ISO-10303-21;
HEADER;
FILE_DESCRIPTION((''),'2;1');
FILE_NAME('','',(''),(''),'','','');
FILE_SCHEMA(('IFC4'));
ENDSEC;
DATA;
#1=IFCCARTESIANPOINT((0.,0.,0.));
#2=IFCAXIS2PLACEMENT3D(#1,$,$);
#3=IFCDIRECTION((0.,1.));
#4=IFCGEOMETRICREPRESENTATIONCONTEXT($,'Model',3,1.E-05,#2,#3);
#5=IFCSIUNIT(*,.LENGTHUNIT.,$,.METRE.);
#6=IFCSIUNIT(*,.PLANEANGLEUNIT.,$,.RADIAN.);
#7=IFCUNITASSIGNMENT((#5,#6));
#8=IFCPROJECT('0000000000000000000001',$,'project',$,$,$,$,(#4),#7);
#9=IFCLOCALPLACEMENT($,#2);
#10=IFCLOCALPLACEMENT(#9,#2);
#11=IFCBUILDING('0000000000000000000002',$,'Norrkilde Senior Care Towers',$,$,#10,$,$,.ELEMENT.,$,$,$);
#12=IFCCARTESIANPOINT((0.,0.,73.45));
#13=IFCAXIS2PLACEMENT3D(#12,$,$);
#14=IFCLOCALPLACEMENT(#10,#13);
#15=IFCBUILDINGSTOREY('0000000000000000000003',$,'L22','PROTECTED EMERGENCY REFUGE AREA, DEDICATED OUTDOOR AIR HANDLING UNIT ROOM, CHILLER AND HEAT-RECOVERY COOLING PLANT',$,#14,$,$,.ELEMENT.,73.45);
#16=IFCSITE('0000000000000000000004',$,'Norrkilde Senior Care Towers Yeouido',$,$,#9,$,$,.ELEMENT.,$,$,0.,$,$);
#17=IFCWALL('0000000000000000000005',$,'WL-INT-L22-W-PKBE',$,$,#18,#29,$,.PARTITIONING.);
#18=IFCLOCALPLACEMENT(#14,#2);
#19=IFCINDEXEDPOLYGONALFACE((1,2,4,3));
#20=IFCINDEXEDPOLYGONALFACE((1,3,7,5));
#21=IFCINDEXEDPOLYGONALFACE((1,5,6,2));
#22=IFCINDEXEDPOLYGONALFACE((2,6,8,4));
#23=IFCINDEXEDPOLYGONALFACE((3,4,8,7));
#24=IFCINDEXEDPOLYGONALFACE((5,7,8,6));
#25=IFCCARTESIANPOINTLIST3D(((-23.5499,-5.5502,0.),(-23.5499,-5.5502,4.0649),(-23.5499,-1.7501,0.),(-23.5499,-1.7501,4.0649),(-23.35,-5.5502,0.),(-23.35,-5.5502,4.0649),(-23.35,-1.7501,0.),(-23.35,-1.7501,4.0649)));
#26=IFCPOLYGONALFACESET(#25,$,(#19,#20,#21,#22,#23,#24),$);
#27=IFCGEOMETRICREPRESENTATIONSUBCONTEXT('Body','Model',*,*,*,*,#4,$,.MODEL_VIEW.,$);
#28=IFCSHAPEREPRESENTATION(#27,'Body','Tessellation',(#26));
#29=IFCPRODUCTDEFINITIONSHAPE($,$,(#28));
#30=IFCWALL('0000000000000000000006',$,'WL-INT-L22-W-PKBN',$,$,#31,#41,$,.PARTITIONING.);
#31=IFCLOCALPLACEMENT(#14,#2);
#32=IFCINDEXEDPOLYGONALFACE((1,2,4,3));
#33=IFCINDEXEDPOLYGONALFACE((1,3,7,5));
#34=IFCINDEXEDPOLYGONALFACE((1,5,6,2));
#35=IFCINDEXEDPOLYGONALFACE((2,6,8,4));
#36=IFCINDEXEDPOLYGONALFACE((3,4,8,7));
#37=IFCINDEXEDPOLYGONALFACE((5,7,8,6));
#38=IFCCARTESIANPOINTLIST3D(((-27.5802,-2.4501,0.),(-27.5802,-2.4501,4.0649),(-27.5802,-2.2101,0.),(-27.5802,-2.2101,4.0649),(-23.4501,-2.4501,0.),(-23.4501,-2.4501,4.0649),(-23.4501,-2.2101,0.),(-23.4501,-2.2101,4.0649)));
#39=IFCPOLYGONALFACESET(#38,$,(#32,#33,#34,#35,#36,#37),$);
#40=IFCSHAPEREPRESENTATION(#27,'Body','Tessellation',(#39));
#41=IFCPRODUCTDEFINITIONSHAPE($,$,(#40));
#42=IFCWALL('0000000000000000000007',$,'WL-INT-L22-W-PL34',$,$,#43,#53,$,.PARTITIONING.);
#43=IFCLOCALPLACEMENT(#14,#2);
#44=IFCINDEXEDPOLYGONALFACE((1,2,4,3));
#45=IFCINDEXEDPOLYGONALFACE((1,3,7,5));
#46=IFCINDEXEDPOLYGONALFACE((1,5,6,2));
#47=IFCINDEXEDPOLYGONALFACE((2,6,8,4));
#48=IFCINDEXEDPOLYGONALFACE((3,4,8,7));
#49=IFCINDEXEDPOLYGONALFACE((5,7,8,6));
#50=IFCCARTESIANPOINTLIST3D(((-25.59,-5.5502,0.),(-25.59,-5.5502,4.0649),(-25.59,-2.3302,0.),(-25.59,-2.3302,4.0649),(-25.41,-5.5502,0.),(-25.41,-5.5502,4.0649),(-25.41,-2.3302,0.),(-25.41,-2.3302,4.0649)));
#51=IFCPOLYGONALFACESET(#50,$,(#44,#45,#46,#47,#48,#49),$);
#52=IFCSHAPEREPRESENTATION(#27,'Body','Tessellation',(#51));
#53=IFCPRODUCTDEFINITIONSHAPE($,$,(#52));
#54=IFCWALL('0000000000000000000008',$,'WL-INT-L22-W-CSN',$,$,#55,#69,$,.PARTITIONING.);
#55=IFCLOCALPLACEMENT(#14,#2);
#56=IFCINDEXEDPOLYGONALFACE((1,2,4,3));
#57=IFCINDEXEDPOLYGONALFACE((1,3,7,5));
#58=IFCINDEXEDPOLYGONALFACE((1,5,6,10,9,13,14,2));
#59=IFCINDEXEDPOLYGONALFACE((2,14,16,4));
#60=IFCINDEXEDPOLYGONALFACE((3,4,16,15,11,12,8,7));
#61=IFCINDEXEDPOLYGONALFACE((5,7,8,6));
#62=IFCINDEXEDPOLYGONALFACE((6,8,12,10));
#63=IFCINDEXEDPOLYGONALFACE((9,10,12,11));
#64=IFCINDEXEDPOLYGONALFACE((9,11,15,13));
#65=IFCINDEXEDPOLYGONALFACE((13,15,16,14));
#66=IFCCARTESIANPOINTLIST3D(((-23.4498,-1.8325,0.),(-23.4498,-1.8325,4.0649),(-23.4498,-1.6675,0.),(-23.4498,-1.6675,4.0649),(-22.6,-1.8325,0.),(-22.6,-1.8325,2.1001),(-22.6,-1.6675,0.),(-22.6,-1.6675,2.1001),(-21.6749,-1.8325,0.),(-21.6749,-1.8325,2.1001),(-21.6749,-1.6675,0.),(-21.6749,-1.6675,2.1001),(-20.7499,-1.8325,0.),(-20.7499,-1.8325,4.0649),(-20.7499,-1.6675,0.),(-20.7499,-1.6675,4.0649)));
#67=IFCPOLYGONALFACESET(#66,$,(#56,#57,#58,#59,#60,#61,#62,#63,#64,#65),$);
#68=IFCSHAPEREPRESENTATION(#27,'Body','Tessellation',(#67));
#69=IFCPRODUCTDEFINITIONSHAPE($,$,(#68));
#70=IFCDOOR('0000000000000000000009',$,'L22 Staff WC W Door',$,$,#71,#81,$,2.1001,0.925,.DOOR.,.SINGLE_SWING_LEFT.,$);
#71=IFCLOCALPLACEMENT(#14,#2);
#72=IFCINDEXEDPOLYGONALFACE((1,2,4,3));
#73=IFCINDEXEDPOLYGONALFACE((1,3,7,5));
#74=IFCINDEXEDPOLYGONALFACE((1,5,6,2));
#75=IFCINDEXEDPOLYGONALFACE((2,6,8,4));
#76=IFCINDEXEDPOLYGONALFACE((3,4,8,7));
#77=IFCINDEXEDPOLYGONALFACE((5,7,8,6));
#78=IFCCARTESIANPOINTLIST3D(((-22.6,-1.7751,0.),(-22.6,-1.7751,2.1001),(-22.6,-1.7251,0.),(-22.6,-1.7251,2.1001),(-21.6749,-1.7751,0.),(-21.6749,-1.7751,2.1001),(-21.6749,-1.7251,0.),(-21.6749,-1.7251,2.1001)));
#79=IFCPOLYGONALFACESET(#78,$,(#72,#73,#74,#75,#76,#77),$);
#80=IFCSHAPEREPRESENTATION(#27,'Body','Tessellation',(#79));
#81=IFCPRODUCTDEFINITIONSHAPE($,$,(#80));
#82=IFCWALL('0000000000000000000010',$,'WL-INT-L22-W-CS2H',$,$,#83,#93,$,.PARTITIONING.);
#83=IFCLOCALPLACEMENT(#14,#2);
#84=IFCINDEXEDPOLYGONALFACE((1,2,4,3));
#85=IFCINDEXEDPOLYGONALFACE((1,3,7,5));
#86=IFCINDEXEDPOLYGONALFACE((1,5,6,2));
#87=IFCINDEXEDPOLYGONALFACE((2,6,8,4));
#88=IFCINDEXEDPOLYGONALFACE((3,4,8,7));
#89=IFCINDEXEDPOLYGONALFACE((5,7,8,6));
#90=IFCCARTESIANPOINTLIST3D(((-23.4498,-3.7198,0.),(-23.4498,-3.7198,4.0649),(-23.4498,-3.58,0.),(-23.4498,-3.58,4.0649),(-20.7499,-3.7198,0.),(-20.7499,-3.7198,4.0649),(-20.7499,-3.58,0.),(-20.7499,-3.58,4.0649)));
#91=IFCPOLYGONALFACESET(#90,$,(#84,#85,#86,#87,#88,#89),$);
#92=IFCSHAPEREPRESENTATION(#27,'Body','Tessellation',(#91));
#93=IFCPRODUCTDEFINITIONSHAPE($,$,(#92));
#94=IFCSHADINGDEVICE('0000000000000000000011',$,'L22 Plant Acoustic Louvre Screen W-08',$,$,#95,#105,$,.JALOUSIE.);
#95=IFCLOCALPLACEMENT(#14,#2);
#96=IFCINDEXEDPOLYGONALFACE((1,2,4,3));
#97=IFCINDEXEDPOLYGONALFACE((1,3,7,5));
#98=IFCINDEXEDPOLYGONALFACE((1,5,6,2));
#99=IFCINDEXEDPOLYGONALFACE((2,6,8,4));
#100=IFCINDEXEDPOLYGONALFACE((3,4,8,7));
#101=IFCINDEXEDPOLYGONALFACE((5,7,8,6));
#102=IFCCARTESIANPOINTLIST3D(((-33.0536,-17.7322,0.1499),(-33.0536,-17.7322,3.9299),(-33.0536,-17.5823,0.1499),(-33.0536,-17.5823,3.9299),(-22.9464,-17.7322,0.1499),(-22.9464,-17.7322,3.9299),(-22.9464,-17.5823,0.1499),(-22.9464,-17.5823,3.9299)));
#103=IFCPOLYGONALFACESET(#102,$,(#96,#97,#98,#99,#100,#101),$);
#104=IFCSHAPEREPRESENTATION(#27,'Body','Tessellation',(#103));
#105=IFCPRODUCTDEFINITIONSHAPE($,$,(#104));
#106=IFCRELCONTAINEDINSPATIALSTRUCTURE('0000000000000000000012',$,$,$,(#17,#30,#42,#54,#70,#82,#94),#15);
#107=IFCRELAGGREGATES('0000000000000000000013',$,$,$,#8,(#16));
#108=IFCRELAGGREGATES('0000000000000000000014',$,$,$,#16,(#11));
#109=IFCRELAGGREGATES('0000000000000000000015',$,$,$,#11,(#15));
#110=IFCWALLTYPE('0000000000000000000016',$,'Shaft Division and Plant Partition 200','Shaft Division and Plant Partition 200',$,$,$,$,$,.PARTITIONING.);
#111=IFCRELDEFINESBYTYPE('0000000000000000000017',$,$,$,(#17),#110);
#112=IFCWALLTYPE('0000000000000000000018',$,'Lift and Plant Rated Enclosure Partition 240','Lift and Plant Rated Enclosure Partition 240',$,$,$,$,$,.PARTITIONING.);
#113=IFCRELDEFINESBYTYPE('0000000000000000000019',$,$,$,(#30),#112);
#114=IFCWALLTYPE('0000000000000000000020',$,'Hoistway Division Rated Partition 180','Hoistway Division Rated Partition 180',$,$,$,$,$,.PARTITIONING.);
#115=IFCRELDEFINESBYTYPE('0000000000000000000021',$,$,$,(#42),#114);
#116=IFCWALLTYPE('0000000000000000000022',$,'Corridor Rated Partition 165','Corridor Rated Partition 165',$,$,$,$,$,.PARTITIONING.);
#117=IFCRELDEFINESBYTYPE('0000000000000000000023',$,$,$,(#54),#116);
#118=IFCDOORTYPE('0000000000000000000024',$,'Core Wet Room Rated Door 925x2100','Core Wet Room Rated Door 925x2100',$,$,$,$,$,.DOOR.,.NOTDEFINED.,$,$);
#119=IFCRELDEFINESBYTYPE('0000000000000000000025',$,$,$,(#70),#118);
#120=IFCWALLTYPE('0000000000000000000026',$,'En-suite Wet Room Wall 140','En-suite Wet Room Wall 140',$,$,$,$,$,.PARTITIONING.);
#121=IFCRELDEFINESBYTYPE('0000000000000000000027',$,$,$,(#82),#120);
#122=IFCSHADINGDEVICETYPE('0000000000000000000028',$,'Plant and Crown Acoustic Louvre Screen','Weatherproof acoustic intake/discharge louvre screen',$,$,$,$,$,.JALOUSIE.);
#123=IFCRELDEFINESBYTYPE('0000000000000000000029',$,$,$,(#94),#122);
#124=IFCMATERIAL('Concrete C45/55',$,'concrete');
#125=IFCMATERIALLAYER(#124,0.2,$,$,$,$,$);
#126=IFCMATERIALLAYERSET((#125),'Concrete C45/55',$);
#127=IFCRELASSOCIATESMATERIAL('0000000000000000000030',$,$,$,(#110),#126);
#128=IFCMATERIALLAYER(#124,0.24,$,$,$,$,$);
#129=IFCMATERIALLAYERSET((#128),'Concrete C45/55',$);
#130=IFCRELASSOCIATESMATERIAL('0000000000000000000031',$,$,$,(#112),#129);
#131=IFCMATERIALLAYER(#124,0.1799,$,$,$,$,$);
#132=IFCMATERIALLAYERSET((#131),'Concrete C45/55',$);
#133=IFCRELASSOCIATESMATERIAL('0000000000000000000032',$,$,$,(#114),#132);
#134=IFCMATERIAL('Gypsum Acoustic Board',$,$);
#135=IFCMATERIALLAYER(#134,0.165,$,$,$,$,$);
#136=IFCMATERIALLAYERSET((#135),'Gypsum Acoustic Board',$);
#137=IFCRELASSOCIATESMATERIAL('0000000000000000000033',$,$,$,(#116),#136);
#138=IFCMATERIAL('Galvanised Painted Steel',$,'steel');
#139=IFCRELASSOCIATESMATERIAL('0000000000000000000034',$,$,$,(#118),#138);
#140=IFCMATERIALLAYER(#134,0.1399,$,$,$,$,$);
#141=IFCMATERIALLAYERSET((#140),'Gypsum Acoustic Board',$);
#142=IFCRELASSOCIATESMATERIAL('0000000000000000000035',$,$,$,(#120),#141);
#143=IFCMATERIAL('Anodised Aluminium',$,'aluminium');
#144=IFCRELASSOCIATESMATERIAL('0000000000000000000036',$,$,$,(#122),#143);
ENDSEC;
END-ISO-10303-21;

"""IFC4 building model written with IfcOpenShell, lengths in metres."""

from ifc_helpers import new_model, si_unit, direction, frame, frame_2d, origin, origin_2d, place, context, subcontext, project, spatial, rectangle, extrude, source, transform, mapped, material, layer, layer_set, type_object, type_shapes, element, fill, save


model = new_model("IFC4")

# Units and contexts
model_context = context("Model", 3, precision=1e-05, world=origin(), true_north=direction((0.0, 1.0)))
body_context = subcontext(model_context, "Body", "Model", "MODEL_VIEW")
ifc_project = project(units=[si_unit("LENGTHUNIT", "METRE"), si_unit("PLANEANGLEUNIT", "RADIAN")], contexts=[model_context])

# Site, building, storey
site_placement = place(None, origin())
site = spatial("IfcSite", under=ifc_project, at=site_placement, Name="Norrkilde Senior Care Towers Yeouido", CompositionType="ELEMENT", RefElevation=0.0)
building_placement = place(site_placement, origin())
building = spatial("IfcBuilding", under=site, at=building_placement, Name="Norrkilde Senior Care Towers", CompositionType="ELEMENT")
storey_placement = place(building_placement, frame((0.0, 0.0, 73.45)))
storey = spatial("IfcBuildingStorey", under=building, at=storey_placement, Name="L22", Description="PROTECTED EMERGENCY REFUGE AREA, DEDICATED OUTDOOR AIR HANDLING UNIT ROOM, CHILLER AND HEAT-RECOVERY COOLING PLANT", CompositionType="ELEMENT", Elevation=73.45)

# Shared definitions
ifc_material_1 = material(Name="Anodised Aluminium", Category="aluminium")

# Walls
ifc_material_2 = material(Name="Concrete C45/55", Category="concrete")
ifc_layer_1 = layer(ifc_material_2, 0.2)
ifc_layer_set_1 = layer_set([ifc_layer_1], Name="Concrete C45/55")
wall_type_1 = type_object("IfcWallType", Name="Shaft Division and Plant Partition 200", Description="Shaft Division and Plant Partition 200", PredefinedType="PARTITIONING", material=ifc_layer_set_1)
shared_shape_1 = source(origin(), body_context, "Body", "SweptSolid", [
    extrude(rectangle(XDim=3.8, YDim=0.2, at=frame_2d((1.8999, 0.0))), origin(), (0.0, 0.0, 1.0), 4.0649),
])
type_shapes(wall_type_1, [shared_shape_1])
wall_1_placement = place(storey_placement, frame((-23.45, -5.55, 0.0), z_axis=(0.0, 0.0, 1.0), x_axis=(0.0, 1.0, 0.0)))
element("IfcWall", 1, at=wall_1_placement, inside=storey, type_object=wall_type_1, Name="WL-INT-L22-W-PKBE", PredefinedType="PARTITIONING", context=body_context, shape_type="MappedRepresentation", body=[
    mapped(shared_shape_1, transform((0.0, 0.0, 0.0), x_axis=(1.0, 0.0, 0.0), y_axis=(0.0, 1.0, 0.0), z_axis=(0.0, 0.0, 1.0), scale=1.0)),
])
ifc_layer_2 = layer(ifc_material_2, 0.24)
ifc_layer_set_2 = layer_set([ifc_layer_2], Name="Concrete C45/55")
wall_type_2 = type_object("IfcWallType", Name="Lift and Plant Rated Enclosure Partition 240", Description="Lift and Plant Rated Enclosure Partition 240", PredefinedType="PARTITIONING", material=ifc_layer_set_2)
shared_shape_2 = source(origin(), body_context, "Body", "SweptSolid", [
    extrude(rectangle(XDim=4.1301, YDim=0.24, at=frame_2d((2.0649, 0.0))), origin(), (0.0, 0.0, 1.0), 4.0649),
])
type_shapes(wall_type_2, [shared_shape_2])
wall_2_placement = place(storey_placement, frame((-27.5801, -2.3301, 0.0), z_axis=(0.0, 0.0, 1.0), x_axis=(1.0, 0.0, 0.0)))
element("IfcWall", 2, at=wall_2_placement, inside=storey, type_object=wall_type_2, Name="WL-INT-L22-W-PKBN", PredefinedType="PARTITIONING", context=body_context, shape_type="MappedRepresentation", body=[
    mapped(shared_shape_2, transform((0.0, 0.0, 0.0), x_axis=(1.0, 0.0, 0.0), y_axis=(0.0, 1.0, 0.0), z_axis=(0.0, 0.0, 1.0), scale=1.0)),
])
ifc_layer_3 = layer(ifc_material_2, 0.1799)
ifc_layer_set_3 = layer_set([ifc_layer_3], Name="Concrete C45/55")
wall_type_3 = type_object("IfcWallType", Name="Hoistway Division Rated Partition 180", Description="Hoistway Division Rated Partition 180", PredefinedType="PARTITIONING", material=ifc_layer_set_3)
shared_shape_3 = source(origin(), body_context, "Body", "SweptSolid", [
    extrude(rectangle(XDim=3.22, YDim=0.1799, at=frame_2d((1.6099, 0.0))), origin(), (0.0, 0.0, 1.0), 4.0649),
])
type_shapes(wall_type_3, [shared_shape_3])
wall_3_placement = place(storey_placement, frame((-25.5, -5.55, 0.0), z_axis=(0.0, 0.0, 1.0), x_axis=(0.0, 1.0, 0.0)))
element("IfcWall", 3, at=wall_3_placement, inside=storey, type_object=wall_type_3, Name="WL-INT-L22-W-PL34", PredefinedType="PARTITIONING", context=body_context, shape_type="MappedRepresentation", body=[
    mapped(shared_shape_3, transform((0.0, 0.0, 0.0), x_axis=(1.0, 0.0, 0.0), y_axis=(0.0, 1.0, 0.0), z_axis=(0.0, 0.0, 1.0), scale=1.0)),
])

# Wall, opening, door
ifc_material_3 = material(Name="Gypsum Acoustic Board")
ifc_layer_4 = layer(ifc_material_3, 0.165)
ifc_layer_set_4 = layer_set([ifc_layer_4], Name="Gypsum Acoustic Board")
wall_type_4 = type_object("IfcWallType", Name="Corridor Rated Partition 165", Description="Corridor Rated Partition 165", PredefinedType="PARTITIONING", material=ifc_layer_set_4)
shared_shape_4 = source(origin(), body_context, "Body", "SweptSolid", [
    extrude(rectangle(XDim=2.7, YDim=0.165, at=frame_2d((1.3501, 0.0))), origin(), (0.0, 0.0, 1.0), 4.0649),
])
type_shapes(wall_type_4, [shared_shape_4])
wall_4_placement = place(storey_placement, frame((-23.45, -1.75, 0.0), z_axis=(0.0, 0.0, 1.0), x_axis=(1.0, 0.0, 0.0)))
wall_4 = element("IfcWall", 4, at=wall_4_placement, inside=storey, type_object=wall_type_4, Name="WL-INT-L22-W-CSN", PredefinedType="PARTITIONING", context=body_context, shape_type="MappedRepresentation", body=[
    mapped(shared_shape_4, transform((0.0, 0.0, 0.0), x_axis=(1.0, 0.0, 0.0), y_axis=(0.0, 1.0, 0.0), z_axis=(0.0, 0.0, 1.0), scale=1.0)),
])
opening_placement = place(wall_4_placement, frame((0.8501, 0.0, 0.0)))
opening = element("IfcOpeningElement", 5, at=opening_placement, cuts=wall_4, PredefinedType="OPENING", context=body_context, shape_type="SweptSolid", body=[
    extrude(rectangle(XDim=0.925, YDim=2.1001, at=frame_2d((0.4624, 1.05))), frame((0.0, 0.0925, 0.0), z_axis=(0.0, -1.0, 0.0), x_axis=(1.0, 0.0, 0.0)), (0.0, 0.0, 1.0), 0.1851),
])
ifc_material_4 = material(Name="Galvanised Painted Steel", Category="steel")
door_type = type_object("IfcDoorType", Name="Core Wet Room Rated Door 925x2100", Description="Core Wet Room Rated Door 925x2100", OperationType="NOTDEFINED", PredefinedType="DOOR", material=ifc_material_4)
shared_shape_5 = source(origin(), body_context, "Body", "SweptSolid", [
    extrude(rectangle(XDim=0.925, YDim=2.1001, at=frame_2d((0.4624, 1.05))), frame((0.0, 0.0249, 0.0), z_axis=(0.0, -1.0, 0.0), x_axis=(1.0, 0.0, 0.0)), (0.0, 0.0, 1.0), 0.05),
])
type_shapes(door_type, [shared_shape_5])
door_placement = place(opening_placement, origin())
door = element("IfcDoor", 6, at=door_placement, inside=storey, type_object=door_type, Name="L22 Staff WC W Door", OperationType="SINGLE_SWING_LEFT", OverallHeight=2.1001, OverallWidth=0.925, PredefinedType="DOOR", context=body_context, shape_type="MappedRepresentation", body=[
    mapped(shared_shape_5, transform((0.0, 0.0, 0.0), x_axis=(1.0, 0.0, 0.0), y_axis=(0.0, 1.0, 0.0), z_axis=(0.0, 0.0, 1.0), scale=1.0)),
])
fill(opening, door)

# Wall
ifc_layer_5 = layer(ifc_material_3, 0.1399)
ifc_layer_set_5 = layer_set([ifc_layer_5], Name="Gypsum Acoustic Board")
wall_type_5 = type_object("IfcWallType", Name="En-suite Wet Room Wall 140", Description="En-suite Wet Room Wall 140", PredefinedType="PARTITIONING", material=ifc_layer_set_5)
shared_shape_6 = source(origin(), body_context, "Body", "SweptSolid", [
    extrude(rectangle(XDim=2.7, YDim=0.1399, at=frame_2d((1.3501, 0.0))), origin(), (0.0, 0.0, 1.0), 4.0649),
])
type_shapes(wall_type_5, [shared_shape_6])
wall_5_placement = place(storey_placement, frame((-23.45, -3.6499, 0.0), z_axis=(0.0, 0.0, 1.0), x_axis=(1.0, 0.0, 0.0)))
element("IfcWall", 7, at=wall_5_placement, inside=storey, type_object=wall_type_5, Name="WL-INT-L22-W-CS2H", PredefinedType="PARTITIONING", context=body_context, shape_type="MappedRepresentation", body=[
    mapped(shared_shape_6, transform((0.0, 0.0, 0.0), x_axis=(1.0, 0.0, 0.0), y_axis=(0.0, 1.0, 0.0), z_axis=(0.0, 0.0, 1.0), scale=1.0)),
])

# Shading device
shading_device_type = type_object("IfcShadingDeviceType", Name="Plant and Crown Acoustic Louvre Screen", Description="Weatherproof acoustic intake/discharge louvre screen", PredefinedType="JALOUSIE", material=ifc_material_1)
shared_shape_7 = source(origin(), body_context, "Body", "SweptSolid", [
    extrude(rectangle(XDim=10.1072, YDim=0.1499, at=origin_2d()), origin(), (0.0, 0.0, 1.0), 3.78),
])
type_shapes(shading_device_type, [shared_shape_7])
shading_device_placement = place(storey_placement, frame((-28.0, -17.6572, 0.1499), z_axis=(0.0, 0.0, 1.0), x_axis=(-1.0, 0.0, 0.0)))
element("IfcShadingDevice", 8, at=shading_device_placement, inside=storey, type_object=shading_device_type, Name="L22 Plant Acoustic Louvre Screen W-08", PredefinedType="JALOUSIE", context=body_context, shape_type="MappedRepresentation", body=[
    mapped(shared_shape_7, transform((0.0, 0.0, 0.0), x_axis=(1.0, 0.0, 0.0), y_axis=(0.0, 1.0, 0.0), z_axis=(0.0, 0.0, 1.0), scale=1.0)),
])

save(model, "model.ifc")
